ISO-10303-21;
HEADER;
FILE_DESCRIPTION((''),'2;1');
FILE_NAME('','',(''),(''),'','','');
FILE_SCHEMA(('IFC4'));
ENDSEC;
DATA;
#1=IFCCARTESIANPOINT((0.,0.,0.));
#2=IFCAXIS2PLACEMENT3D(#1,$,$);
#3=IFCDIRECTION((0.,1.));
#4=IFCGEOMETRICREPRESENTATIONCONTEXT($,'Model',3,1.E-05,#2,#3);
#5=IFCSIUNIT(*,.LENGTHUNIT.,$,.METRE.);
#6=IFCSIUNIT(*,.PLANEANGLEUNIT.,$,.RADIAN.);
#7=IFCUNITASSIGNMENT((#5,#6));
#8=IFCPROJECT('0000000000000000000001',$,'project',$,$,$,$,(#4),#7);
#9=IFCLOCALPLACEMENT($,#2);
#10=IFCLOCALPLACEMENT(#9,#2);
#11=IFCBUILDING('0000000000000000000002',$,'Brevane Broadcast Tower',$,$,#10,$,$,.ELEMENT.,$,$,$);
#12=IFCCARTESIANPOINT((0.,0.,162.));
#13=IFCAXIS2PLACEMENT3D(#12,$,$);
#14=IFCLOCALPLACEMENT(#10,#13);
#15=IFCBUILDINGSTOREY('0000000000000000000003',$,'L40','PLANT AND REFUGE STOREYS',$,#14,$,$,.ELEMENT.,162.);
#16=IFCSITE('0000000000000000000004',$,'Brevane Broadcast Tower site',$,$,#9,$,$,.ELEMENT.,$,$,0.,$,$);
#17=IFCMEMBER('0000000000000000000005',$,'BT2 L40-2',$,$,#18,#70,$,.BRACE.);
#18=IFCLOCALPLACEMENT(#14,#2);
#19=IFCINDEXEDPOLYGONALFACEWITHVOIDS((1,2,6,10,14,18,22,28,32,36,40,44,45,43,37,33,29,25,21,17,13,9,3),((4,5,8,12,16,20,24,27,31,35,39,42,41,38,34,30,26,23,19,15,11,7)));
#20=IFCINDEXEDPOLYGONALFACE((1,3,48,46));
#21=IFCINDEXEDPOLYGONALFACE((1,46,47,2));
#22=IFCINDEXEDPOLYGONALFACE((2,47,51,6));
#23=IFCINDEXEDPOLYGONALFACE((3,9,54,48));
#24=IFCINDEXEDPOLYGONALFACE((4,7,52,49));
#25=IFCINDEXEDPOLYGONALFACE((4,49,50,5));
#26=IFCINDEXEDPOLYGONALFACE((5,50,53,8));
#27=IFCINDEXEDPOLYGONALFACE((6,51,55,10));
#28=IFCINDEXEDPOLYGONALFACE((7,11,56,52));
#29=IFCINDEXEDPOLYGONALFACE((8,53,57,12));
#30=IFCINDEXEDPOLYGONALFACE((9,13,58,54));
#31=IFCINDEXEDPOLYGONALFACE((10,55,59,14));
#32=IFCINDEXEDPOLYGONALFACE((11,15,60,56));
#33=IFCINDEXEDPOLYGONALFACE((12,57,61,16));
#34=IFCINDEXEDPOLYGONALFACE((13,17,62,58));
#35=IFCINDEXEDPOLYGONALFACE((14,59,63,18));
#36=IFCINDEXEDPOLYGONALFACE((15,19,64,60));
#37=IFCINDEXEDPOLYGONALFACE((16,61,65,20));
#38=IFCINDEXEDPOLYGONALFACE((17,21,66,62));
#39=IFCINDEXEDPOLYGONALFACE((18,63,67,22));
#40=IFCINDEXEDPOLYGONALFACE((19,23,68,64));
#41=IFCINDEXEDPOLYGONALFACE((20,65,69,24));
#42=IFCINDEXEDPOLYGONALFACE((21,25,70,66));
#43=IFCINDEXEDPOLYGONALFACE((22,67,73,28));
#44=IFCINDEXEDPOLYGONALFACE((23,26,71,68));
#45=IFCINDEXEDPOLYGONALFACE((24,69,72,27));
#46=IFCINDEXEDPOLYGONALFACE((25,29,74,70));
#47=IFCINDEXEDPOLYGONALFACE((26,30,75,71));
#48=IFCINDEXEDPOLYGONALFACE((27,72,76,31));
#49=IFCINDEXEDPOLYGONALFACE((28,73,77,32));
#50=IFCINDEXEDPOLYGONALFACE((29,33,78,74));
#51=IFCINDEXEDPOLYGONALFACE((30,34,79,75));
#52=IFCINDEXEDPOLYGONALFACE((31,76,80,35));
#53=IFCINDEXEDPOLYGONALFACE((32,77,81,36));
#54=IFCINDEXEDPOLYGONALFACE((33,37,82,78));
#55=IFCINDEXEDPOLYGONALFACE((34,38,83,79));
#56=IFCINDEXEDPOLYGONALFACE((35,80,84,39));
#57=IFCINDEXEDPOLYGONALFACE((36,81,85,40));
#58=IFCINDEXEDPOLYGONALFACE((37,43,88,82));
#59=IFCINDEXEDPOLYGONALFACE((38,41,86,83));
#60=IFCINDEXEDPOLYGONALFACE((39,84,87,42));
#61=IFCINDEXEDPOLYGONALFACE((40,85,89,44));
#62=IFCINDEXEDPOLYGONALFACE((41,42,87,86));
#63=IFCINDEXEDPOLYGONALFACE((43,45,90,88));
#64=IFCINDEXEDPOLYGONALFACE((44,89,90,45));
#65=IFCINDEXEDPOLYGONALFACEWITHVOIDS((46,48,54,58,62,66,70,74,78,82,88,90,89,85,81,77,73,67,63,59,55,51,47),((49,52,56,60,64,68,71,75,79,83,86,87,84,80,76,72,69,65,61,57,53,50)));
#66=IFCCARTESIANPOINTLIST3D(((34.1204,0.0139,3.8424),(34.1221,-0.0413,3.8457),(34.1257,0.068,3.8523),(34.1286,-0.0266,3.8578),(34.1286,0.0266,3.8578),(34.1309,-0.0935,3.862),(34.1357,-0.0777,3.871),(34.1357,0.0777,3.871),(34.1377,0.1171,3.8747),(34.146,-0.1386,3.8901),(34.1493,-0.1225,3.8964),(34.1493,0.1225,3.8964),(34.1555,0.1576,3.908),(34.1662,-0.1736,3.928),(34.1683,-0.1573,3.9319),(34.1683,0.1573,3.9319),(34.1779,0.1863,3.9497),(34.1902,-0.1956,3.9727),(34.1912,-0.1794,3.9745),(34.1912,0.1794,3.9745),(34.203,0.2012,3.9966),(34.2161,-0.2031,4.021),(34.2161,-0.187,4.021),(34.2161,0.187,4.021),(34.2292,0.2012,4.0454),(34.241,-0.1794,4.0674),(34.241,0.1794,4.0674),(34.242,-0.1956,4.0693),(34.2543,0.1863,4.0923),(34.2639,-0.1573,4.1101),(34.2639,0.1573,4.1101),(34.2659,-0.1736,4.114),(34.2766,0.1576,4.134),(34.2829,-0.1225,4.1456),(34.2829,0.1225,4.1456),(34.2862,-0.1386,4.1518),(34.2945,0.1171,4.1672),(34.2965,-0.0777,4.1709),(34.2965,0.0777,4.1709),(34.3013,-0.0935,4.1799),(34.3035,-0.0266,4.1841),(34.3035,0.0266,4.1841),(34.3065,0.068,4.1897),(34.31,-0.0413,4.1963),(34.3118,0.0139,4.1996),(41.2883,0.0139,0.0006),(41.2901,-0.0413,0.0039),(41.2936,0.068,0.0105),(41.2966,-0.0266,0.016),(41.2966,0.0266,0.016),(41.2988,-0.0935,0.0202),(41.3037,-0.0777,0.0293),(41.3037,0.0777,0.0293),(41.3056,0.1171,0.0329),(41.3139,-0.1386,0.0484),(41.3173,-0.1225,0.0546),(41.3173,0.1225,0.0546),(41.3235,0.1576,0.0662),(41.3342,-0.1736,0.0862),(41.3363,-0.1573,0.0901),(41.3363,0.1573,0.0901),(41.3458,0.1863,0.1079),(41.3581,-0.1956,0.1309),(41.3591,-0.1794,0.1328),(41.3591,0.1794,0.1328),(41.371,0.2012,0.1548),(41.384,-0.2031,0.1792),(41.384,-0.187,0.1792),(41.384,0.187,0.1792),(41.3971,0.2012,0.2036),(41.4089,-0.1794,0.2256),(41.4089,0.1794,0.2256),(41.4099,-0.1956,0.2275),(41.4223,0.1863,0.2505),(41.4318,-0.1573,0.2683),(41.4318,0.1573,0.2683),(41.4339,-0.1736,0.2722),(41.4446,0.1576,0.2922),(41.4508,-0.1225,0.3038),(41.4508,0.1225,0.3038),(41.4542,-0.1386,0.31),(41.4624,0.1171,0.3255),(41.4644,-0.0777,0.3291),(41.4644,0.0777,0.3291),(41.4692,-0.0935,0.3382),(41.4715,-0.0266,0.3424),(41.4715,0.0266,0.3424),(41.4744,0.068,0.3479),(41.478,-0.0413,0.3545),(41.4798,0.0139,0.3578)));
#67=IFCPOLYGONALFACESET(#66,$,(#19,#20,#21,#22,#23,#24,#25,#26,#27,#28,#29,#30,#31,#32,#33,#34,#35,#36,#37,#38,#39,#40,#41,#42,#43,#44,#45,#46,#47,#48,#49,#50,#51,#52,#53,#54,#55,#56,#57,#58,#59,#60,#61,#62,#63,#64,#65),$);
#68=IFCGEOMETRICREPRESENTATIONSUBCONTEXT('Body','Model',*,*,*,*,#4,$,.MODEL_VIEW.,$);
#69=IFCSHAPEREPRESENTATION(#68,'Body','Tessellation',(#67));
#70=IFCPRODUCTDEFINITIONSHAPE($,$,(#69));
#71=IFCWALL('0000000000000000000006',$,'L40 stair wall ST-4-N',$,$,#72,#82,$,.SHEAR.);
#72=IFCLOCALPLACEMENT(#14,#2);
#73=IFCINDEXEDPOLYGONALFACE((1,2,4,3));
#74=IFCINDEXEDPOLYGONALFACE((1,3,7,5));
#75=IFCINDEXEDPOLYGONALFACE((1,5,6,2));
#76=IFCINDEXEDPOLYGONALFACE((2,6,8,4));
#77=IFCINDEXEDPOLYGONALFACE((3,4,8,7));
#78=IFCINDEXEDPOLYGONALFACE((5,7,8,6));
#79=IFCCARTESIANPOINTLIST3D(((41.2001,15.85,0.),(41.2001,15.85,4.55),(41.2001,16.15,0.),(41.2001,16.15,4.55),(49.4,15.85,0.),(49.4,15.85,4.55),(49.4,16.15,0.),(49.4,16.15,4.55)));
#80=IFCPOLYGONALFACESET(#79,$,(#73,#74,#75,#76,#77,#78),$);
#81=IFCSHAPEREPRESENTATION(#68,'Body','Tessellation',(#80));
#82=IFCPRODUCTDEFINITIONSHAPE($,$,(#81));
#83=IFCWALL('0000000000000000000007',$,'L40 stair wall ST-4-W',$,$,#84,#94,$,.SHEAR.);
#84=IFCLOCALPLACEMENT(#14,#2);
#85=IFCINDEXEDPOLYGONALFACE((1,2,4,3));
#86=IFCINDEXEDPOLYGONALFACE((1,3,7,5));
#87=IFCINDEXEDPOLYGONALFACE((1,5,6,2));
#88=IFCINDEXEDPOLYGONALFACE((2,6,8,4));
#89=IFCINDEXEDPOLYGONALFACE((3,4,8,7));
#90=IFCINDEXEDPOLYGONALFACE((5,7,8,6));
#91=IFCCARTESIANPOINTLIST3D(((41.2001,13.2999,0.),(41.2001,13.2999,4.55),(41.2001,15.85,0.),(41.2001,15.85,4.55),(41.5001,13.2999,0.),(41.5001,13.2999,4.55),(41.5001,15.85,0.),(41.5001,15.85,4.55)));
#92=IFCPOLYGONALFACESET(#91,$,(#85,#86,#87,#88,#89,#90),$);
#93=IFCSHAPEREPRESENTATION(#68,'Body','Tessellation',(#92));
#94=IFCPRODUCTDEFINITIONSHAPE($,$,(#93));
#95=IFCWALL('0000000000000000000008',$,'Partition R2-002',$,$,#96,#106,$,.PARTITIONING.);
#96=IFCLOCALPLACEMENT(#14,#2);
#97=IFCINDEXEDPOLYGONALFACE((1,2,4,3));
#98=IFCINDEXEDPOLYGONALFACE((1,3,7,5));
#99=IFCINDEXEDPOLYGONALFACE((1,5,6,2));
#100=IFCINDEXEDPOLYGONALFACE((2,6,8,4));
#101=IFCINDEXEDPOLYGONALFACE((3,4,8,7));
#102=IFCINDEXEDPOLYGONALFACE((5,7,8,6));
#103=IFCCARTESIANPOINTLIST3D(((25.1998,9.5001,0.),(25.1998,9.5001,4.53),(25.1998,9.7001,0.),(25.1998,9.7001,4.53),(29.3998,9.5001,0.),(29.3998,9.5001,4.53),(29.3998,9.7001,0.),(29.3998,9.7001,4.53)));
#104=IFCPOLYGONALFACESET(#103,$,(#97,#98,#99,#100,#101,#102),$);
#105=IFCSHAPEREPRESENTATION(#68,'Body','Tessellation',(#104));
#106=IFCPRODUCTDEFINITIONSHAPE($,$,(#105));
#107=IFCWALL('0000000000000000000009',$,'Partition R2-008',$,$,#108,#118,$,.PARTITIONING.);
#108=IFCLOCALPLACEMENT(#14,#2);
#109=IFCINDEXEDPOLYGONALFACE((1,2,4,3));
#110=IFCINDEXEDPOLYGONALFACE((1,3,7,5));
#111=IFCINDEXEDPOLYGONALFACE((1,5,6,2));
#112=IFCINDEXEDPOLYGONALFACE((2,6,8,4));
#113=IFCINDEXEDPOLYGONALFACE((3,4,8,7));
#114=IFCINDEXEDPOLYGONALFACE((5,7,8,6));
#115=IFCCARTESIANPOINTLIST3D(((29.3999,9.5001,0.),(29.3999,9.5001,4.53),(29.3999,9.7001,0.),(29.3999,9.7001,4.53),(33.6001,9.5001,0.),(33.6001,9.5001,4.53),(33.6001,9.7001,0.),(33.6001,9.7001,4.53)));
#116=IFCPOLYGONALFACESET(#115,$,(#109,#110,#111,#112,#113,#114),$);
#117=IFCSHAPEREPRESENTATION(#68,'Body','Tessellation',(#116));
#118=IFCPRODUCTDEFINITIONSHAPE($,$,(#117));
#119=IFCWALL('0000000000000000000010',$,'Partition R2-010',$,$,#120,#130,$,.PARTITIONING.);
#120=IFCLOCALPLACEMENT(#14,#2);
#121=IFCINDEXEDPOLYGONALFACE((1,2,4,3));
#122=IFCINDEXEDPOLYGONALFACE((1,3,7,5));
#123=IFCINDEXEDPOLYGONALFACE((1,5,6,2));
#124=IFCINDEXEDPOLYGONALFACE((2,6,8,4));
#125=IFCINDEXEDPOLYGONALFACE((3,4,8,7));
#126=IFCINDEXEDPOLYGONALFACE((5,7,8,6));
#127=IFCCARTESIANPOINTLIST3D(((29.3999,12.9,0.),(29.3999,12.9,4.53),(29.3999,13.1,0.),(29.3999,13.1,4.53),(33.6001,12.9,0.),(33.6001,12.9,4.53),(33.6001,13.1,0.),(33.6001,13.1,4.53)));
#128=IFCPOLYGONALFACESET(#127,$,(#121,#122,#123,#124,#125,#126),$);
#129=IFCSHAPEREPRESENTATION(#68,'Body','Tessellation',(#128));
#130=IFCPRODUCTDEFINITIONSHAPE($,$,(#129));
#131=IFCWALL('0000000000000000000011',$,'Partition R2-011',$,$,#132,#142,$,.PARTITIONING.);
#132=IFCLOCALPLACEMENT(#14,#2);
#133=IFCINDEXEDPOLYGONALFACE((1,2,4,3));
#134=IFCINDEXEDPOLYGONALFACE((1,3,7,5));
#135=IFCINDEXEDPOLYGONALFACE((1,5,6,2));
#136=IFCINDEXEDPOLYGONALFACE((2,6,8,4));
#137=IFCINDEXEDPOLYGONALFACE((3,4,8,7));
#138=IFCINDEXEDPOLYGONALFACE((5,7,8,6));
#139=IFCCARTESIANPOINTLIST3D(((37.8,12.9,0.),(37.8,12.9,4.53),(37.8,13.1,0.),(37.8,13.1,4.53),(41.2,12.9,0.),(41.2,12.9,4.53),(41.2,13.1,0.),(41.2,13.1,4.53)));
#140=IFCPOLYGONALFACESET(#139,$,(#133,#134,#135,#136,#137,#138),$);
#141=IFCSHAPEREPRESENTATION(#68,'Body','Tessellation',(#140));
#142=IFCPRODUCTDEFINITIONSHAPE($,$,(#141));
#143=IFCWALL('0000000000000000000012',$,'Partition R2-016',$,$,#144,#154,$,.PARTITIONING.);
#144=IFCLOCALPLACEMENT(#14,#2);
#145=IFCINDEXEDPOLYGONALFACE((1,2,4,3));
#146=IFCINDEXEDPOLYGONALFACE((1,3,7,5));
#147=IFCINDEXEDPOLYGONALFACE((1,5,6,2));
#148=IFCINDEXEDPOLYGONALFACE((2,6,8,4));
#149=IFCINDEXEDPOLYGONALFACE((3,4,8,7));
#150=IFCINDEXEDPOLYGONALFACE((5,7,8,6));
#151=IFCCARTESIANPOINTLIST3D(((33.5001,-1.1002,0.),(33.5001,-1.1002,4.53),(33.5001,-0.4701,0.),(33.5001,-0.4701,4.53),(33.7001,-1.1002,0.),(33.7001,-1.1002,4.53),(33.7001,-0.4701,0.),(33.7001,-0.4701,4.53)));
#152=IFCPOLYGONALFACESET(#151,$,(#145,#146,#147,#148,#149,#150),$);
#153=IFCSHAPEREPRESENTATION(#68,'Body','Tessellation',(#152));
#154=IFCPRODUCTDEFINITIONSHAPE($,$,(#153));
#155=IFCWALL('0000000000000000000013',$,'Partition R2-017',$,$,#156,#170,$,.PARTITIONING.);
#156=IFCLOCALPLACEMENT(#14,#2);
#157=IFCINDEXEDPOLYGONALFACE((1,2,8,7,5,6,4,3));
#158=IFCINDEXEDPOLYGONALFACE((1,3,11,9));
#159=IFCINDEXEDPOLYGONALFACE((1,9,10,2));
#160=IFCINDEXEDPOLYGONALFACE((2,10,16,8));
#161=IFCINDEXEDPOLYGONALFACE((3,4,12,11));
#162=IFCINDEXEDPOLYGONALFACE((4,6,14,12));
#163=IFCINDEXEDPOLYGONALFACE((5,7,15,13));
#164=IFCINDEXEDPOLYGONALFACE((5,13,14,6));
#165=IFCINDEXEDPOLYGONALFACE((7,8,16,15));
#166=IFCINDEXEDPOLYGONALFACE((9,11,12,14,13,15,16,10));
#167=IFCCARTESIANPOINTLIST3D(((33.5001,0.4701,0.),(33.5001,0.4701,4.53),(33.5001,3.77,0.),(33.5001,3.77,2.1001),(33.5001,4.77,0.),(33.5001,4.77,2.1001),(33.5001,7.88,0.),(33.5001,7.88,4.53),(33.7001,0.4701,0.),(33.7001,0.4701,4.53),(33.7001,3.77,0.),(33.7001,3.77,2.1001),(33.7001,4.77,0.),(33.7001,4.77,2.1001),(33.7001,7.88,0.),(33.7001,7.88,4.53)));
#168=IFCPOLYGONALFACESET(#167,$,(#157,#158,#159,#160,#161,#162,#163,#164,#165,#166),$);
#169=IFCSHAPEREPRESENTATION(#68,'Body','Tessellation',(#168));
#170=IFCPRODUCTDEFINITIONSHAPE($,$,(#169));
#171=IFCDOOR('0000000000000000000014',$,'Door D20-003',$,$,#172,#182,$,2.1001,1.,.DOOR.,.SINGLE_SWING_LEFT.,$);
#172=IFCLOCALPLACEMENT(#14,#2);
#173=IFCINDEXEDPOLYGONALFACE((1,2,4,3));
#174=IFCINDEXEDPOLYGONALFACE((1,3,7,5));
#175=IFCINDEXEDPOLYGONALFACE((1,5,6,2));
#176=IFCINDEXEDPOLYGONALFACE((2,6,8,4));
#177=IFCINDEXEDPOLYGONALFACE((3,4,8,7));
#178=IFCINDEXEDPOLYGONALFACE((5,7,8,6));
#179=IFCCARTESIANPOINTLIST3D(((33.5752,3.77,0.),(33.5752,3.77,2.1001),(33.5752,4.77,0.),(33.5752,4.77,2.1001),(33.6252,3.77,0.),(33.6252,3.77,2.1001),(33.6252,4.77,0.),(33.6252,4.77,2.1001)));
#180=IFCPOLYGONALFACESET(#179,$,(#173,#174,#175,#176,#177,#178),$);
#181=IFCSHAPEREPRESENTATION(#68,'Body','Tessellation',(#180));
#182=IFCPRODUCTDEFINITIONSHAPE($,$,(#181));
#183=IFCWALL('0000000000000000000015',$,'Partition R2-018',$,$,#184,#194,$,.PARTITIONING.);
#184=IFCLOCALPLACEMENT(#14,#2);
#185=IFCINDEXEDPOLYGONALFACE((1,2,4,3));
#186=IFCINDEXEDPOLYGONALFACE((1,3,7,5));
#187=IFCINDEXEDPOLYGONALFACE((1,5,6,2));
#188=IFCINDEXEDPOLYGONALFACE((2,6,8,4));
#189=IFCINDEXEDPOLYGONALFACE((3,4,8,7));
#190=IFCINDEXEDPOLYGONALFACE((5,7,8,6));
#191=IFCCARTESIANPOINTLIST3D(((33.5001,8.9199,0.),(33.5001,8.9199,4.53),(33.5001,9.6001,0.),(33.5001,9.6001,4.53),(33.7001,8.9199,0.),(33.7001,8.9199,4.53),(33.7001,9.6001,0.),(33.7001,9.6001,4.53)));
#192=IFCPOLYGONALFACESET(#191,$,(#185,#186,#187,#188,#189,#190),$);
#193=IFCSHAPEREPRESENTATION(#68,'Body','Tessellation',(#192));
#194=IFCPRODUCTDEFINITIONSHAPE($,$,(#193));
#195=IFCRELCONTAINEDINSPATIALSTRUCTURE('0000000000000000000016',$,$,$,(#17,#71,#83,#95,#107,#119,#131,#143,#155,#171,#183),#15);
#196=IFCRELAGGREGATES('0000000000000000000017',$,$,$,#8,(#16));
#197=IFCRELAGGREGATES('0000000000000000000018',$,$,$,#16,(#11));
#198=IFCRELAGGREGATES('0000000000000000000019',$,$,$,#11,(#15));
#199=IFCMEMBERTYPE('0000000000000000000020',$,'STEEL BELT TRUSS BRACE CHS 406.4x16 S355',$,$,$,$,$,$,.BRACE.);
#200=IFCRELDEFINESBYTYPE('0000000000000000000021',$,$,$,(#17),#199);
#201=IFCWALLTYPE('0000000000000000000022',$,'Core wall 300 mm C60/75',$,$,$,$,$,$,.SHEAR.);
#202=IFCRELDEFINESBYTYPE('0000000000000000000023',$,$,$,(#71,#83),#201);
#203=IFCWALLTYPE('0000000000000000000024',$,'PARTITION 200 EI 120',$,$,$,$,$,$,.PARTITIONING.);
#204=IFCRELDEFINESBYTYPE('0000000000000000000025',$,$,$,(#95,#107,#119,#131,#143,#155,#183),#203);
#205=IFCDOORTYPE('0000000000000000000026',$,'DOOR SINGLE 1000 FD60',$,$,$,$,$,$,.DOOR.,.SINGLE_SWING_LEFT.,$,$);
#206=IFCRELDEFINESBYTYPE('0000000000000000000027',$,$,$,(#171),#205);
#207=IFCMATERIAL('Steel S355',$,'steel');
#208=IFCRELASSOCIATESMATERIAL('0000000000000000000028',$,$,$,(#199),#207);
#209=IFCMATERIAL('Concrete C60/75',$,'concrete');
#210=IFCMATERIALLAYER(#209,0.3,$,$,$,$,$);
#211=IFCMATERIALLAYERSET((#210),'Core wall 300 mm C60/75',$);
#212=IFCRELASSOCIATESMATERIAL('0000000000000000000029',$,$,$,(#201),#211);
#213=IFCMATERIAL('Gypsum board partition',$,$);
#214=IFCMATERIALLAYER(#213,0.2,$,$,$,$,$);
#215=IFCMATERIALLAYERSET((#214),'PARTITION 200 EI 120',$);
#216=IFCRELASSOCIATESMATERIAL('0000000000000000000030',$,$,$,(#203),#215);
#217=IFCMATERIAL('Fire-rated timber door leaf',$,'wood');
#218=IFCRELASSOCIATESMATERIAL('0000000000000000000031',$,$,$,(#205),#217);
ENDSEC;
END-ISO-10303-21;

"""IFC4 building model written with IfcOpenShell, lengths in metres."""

from ifc_helpers import new_model, si_unit, direction, frame, frame_2d, origin, origin_2d, place, context, subcontext, project, spatial, rectangle, hollow_circle, extrude, material, layer, layer_set, material_profile, profile_set, type_object, element, fill, save


model = new_model("IFC4")

# Units and contexts
model_context = context("Model", 3, precision=1e-05, world=origin(), true_north=direction((0.0, 1.0)))
body_context = subcontext(model_context, "Body", "Model", "MODEL_VIEW")
ifc_project = project(units=[si_unit("LENGTHUNIT", "METRE"), si_unit("PLANEANGLEUNIT", "RADIAN")], contexts=[model_context])

# Site, building, storey
site_placement = place(None, origin())
site = spatial("IfcSite", under=ifc_project, at=site_placement, Name="Brevane Broadcast Tower site", CompositionType="ELEMENT", RefElevation=0.0)
building_placement = place(site_placement, origin())
building = spatial("IfcBuilding", under=site, at=building_placement, Name="Brevane Broadcast Tower", CompositionType="ELEMENT")
storey_placement = place(building_placement, frame((0.0, 0.0, 162.0)))
storey = spatial("IfcBuildingStorey", under=building, at=storey_placement, Name="L40", Description="PLANT AND REFUGE STOREYS", CompositionType="ELEMENT", Elevation=162.0)

# Shared definitions
ifc_material_1 = material(Name="Concrete C60/75", Category="concrete")

# Member
ifc_material_2 = material(Name="Steel S355", Category="steel")
ifc_material_profile_1 = material_profile(ifc_material_2, hollow_circle(Radius=0.2031, WallThickness=0.0161, at=origin_2d()), Name="CHS 406.4x16")
ifc_profile_set_1 = profile_set([ifc_material_profile_1], Name="Steel S355")
member_type_1 = type_object("IfcMemberType", Name="STEEL BELT TRUSS BRACE CHS 406.4x16 S355", PredefinedType="BRACE", material=ifc_profile_set_1)
member_1_placement = place(storey_placement, frame((41.384, 0.0, 0.1792), z_axis=(-0.881387, 0.0, 0.472395), x_axis=(0.0, -1.0, 0.0)))
element("IfcMember", 1, at=member_1_placement, inside=storey, type_object=member_type_1, Name="BT2 L40-2", PredefinedType="BRACE", context=body_context, shape_type="SweptSolid", body=[
    extrude(hollow_circle(Radius=0.2031, WallThickness=0.0161, at=origin_2d()), origin(), (0.0, 0.0, 1.0), 8.1326),
])

# Walls
ifc_layer_1 = layer(ifc_material_1, 0.3)
ifc_layer_set_1 = layer_set([ifc_layer_1], Name="Core wall 300 mm C60/75")
wall_type_1 = type_object("IfcWallType", Name="Core wall 300 mm C60/75", PredefinedType="SHEAR", material=ifc_layer_set_1)
wall_1_placement = place(storey_placement, frame((41.2, 16.0, 0.0), z_axis=(0.0, 0.0, 1.0), x_axis=(1.0, 0.0, 0.0)))
element("IfcWall", 2, at=wall_1_placement, inside=storey, type_object=wall_type_1, Name="L40 stair wall ST-4-N", PredefinedType="SHEAR", context=body_context, shape_type="SweptSolid", body=[
    extrude(rectangle(XDim=8.2, YDim=0.3, at=frame_2d((4.1001, 0.0))), origin(), (0.0, 0.0, 1.0), 4.55),
])
wall_2_placement = place(storey_placement, frame((41.3501, 13.3, 0.0), z_axis=(0.0, 0.0, 1.0), x_axis=(0.0, 1.0, 0.0)))
element("IfcWall", 3, at=wall_2_placement, inside=storey, type_object=wall_type_1, Name="L40 stair wall ST-4-W", PredefinedType="SHEAR", context=body_context, shape_type="SweptSolid", body=[
    extrude(rectangle(XDim=2.55, YDim=0.3, at=frame_2d((1.2749, 0.0))), origin(), (0.0, 0.0, 1.0), 4.55),
])
ifc_material_3 = material(Name="Gypsum board partition")
ifc_layer_2 = layer(ifc_material_3, 0.2)
ifc_layer_set_2 = layer_set([ifc_layer_2], Name="PARTITION 200 EI 120")
wall_type_2 = type_object("IfcWallType", Name="PARTITION 200 EI 120", PredefinedType="PARTITIONING", material=ifc_layer_set_2)
wall_3_placement = place(storey_placement, frame((29.3999, 9.6001, 0.0), z_axis=(0.0, 0.0, 1.0), x_axis=(-1.0, 0.0, 0.0)))
element("IfcWall", 4, at=wall_3_placement, inside=storey, type_object=wall_type_2, Name="Partition R2-002", PredefinedType="PARTITIONING", context=body_context, shape_type="SweptSolid", body=[
    extrude(rectangle(XDim=4.2, YDim=0.2, at=frame_2d((2.1001, 0.0))), origin(), (0.0, 0.0, 1.0), 4.53),
])
for number, where, z_axis, x_axis, name in (
    (5, (33.6001, 9.6001, 0.0), (0.0, 0.0, 1.0), (-1.0, 0.0, 0.0), "Partition R2-008"),
    (6, (29.3999, 13.0, 0.0), (0.0, 0.0, 1.0), (1.0, 0.0, 0.0), "Partition R2-010"),
):
    element("IfcWall", number, at=place(storey_placement, frame(where, z_axis=z_axis, x_axis=x_axis)), inside=storey, type_object=wall_type_2, Name=name, PredefinedType="PARTITIONING", context=body_context, shape_type="SweptSolid", body=[
        extrude(rectangle(XDim=4.2002, YDim=0.2, at=frame_2d((2.1001, 0.0))), origin(), (0.0, 0.0, 1.0), 4.53),
    ])
wall_4_placement = place(storey_placement, frame((37.8, 13.0, 0.0), z_axis=(0.0, 0.0, 1.0), x_axis=(1.0, 0.0, 0.0)))
element("IfcWall", 7, at=wall_4_placement, inside=storey, type_object=wall_type_2, Name="Partition R2-011", PredefinedType="PARTITIONING", context=body_context, shape_type="SweptSolid", body=[
    extrude(rectangle(XDim=3.3999, YDim=0.2, at=frame_2d((1.7, 0.0))), origin(), (0.0, 0.0, 1.0), 4.53),
])
wall_5_placement = place(storey_placement, frame((33.6001, -1.1001, 0.0), z_axis=(0.0, 0.0, 1.0), x_axis=(0.0, 1.0, 0.0)))
element("IfcWall", 8, at=wall_5_placement, inside=storey, type_object=wall_type_2, Name="Partition R2-016", PredefinedType="PARTITIONING", context=body_context, shape_type="SweptSolid", body=[
    extrude(rectangle(XDim=0.6301, YDim=0.2, at=frame_2d((0.3149, 0.0))), origin(), (0.0, 0.0, 1.0), 4.53),
])

# Wall, opening, door
wall_6_placement = place(storey_placement, frame((33.6001, 0.47, 0.0), z_axis=(0.0, 0.0, 1.0), x_axis=(0.0, 1.0, 0.0)))
wall_6 = element("IfcWall", 9, at=wall_6_placement, inside=storey, type_object=wall_type_2, Name="Partition R2-017", PredefinedType="PARTITIONING", context=body_context, shape_type="SweptSolid", body=[
    extrude(rectangle(XDim=7.4099, YDim=0.2, at=frame_2d((3.7051, 0.0))), origin(), (0.0, 0.0, 1.0), 4.53),
])
opening_1_placement = place(wall_6_placement, frame((3.3, 0.0, 0.0)))
opening_1 = element("IfcOpeningElement", 10, at=opening_1_placement, cuts=wall_6, PredefinedType="OPENING", context=body_context, shape_type="SweptSolid", body=[
    extrude(rectangle(XDim=1.0, YDim=2.1001, at=frame_2d((0.5, 1.05))), frame((0.0, 0.1099, 0.0), z_axis=(0.0, -1.0, 0.0), x_axis=(1.0, 0.0, 0.0)), (0.0, 0.0, 1.0), 0.22),
])
ifc_material_4 = material(Name="Fire-rated timber door leaf", Category="wood")
door_type = type_object("IfcDoorType", Name="DOOR SINGLE 1000 FD60", OperationType="SINGLE_SWING_LEFT", PredefinedType="DOOR", material=ifc_material_4)
door_1_placement = place(opening_1_placement, origin())
door_1 = element("IfcDoor", 11, at=door_1_placement, inside=storey, type_object=door_type, Name="Door D20-003", OperationType="SINGLE_SWING_LEFT", OverallHeight=2.1001, OverallWidth=1.0, PredefinedType="DOOR", context=body_context, shape_type="SweptSolid", body=[
    extrude(rectangle(XDim=1.0, YDim=2.1001, at=frame_2d((0.5, 1.05))), frame((0.0, 0.0249, 0.0), z_axis=(0.0, -1.0, 0.0), x_axis=(1.0, 0.0, 0.0)), (0.0, 0.0, 1.0), 0.05),
])
fill(opening_1, door_1)

# Wall
wall_7_placement = place(storey_placement, frame((33.6001, 8.9199, 0.0), z_axis=(0.0, 0.0, 1.0), x_axis=(0.0, 1.0, 0.0)))
element("IfcWall", 12, at=wall_7_placement, inside=storey, type_object=wall_type_2, Name="Partition R2-018", PredefinedType="PARTITIONING", context=body_context, shape_type="SweptSolid", body=[
    extrude(rectangle(XDim=0.6802, YDim=0.2, at=frame_2d((0.3401, 0.0))), origin(), (0.0, 0.0, 1.0), 4.53),
])

save(model, "model.ifc")
